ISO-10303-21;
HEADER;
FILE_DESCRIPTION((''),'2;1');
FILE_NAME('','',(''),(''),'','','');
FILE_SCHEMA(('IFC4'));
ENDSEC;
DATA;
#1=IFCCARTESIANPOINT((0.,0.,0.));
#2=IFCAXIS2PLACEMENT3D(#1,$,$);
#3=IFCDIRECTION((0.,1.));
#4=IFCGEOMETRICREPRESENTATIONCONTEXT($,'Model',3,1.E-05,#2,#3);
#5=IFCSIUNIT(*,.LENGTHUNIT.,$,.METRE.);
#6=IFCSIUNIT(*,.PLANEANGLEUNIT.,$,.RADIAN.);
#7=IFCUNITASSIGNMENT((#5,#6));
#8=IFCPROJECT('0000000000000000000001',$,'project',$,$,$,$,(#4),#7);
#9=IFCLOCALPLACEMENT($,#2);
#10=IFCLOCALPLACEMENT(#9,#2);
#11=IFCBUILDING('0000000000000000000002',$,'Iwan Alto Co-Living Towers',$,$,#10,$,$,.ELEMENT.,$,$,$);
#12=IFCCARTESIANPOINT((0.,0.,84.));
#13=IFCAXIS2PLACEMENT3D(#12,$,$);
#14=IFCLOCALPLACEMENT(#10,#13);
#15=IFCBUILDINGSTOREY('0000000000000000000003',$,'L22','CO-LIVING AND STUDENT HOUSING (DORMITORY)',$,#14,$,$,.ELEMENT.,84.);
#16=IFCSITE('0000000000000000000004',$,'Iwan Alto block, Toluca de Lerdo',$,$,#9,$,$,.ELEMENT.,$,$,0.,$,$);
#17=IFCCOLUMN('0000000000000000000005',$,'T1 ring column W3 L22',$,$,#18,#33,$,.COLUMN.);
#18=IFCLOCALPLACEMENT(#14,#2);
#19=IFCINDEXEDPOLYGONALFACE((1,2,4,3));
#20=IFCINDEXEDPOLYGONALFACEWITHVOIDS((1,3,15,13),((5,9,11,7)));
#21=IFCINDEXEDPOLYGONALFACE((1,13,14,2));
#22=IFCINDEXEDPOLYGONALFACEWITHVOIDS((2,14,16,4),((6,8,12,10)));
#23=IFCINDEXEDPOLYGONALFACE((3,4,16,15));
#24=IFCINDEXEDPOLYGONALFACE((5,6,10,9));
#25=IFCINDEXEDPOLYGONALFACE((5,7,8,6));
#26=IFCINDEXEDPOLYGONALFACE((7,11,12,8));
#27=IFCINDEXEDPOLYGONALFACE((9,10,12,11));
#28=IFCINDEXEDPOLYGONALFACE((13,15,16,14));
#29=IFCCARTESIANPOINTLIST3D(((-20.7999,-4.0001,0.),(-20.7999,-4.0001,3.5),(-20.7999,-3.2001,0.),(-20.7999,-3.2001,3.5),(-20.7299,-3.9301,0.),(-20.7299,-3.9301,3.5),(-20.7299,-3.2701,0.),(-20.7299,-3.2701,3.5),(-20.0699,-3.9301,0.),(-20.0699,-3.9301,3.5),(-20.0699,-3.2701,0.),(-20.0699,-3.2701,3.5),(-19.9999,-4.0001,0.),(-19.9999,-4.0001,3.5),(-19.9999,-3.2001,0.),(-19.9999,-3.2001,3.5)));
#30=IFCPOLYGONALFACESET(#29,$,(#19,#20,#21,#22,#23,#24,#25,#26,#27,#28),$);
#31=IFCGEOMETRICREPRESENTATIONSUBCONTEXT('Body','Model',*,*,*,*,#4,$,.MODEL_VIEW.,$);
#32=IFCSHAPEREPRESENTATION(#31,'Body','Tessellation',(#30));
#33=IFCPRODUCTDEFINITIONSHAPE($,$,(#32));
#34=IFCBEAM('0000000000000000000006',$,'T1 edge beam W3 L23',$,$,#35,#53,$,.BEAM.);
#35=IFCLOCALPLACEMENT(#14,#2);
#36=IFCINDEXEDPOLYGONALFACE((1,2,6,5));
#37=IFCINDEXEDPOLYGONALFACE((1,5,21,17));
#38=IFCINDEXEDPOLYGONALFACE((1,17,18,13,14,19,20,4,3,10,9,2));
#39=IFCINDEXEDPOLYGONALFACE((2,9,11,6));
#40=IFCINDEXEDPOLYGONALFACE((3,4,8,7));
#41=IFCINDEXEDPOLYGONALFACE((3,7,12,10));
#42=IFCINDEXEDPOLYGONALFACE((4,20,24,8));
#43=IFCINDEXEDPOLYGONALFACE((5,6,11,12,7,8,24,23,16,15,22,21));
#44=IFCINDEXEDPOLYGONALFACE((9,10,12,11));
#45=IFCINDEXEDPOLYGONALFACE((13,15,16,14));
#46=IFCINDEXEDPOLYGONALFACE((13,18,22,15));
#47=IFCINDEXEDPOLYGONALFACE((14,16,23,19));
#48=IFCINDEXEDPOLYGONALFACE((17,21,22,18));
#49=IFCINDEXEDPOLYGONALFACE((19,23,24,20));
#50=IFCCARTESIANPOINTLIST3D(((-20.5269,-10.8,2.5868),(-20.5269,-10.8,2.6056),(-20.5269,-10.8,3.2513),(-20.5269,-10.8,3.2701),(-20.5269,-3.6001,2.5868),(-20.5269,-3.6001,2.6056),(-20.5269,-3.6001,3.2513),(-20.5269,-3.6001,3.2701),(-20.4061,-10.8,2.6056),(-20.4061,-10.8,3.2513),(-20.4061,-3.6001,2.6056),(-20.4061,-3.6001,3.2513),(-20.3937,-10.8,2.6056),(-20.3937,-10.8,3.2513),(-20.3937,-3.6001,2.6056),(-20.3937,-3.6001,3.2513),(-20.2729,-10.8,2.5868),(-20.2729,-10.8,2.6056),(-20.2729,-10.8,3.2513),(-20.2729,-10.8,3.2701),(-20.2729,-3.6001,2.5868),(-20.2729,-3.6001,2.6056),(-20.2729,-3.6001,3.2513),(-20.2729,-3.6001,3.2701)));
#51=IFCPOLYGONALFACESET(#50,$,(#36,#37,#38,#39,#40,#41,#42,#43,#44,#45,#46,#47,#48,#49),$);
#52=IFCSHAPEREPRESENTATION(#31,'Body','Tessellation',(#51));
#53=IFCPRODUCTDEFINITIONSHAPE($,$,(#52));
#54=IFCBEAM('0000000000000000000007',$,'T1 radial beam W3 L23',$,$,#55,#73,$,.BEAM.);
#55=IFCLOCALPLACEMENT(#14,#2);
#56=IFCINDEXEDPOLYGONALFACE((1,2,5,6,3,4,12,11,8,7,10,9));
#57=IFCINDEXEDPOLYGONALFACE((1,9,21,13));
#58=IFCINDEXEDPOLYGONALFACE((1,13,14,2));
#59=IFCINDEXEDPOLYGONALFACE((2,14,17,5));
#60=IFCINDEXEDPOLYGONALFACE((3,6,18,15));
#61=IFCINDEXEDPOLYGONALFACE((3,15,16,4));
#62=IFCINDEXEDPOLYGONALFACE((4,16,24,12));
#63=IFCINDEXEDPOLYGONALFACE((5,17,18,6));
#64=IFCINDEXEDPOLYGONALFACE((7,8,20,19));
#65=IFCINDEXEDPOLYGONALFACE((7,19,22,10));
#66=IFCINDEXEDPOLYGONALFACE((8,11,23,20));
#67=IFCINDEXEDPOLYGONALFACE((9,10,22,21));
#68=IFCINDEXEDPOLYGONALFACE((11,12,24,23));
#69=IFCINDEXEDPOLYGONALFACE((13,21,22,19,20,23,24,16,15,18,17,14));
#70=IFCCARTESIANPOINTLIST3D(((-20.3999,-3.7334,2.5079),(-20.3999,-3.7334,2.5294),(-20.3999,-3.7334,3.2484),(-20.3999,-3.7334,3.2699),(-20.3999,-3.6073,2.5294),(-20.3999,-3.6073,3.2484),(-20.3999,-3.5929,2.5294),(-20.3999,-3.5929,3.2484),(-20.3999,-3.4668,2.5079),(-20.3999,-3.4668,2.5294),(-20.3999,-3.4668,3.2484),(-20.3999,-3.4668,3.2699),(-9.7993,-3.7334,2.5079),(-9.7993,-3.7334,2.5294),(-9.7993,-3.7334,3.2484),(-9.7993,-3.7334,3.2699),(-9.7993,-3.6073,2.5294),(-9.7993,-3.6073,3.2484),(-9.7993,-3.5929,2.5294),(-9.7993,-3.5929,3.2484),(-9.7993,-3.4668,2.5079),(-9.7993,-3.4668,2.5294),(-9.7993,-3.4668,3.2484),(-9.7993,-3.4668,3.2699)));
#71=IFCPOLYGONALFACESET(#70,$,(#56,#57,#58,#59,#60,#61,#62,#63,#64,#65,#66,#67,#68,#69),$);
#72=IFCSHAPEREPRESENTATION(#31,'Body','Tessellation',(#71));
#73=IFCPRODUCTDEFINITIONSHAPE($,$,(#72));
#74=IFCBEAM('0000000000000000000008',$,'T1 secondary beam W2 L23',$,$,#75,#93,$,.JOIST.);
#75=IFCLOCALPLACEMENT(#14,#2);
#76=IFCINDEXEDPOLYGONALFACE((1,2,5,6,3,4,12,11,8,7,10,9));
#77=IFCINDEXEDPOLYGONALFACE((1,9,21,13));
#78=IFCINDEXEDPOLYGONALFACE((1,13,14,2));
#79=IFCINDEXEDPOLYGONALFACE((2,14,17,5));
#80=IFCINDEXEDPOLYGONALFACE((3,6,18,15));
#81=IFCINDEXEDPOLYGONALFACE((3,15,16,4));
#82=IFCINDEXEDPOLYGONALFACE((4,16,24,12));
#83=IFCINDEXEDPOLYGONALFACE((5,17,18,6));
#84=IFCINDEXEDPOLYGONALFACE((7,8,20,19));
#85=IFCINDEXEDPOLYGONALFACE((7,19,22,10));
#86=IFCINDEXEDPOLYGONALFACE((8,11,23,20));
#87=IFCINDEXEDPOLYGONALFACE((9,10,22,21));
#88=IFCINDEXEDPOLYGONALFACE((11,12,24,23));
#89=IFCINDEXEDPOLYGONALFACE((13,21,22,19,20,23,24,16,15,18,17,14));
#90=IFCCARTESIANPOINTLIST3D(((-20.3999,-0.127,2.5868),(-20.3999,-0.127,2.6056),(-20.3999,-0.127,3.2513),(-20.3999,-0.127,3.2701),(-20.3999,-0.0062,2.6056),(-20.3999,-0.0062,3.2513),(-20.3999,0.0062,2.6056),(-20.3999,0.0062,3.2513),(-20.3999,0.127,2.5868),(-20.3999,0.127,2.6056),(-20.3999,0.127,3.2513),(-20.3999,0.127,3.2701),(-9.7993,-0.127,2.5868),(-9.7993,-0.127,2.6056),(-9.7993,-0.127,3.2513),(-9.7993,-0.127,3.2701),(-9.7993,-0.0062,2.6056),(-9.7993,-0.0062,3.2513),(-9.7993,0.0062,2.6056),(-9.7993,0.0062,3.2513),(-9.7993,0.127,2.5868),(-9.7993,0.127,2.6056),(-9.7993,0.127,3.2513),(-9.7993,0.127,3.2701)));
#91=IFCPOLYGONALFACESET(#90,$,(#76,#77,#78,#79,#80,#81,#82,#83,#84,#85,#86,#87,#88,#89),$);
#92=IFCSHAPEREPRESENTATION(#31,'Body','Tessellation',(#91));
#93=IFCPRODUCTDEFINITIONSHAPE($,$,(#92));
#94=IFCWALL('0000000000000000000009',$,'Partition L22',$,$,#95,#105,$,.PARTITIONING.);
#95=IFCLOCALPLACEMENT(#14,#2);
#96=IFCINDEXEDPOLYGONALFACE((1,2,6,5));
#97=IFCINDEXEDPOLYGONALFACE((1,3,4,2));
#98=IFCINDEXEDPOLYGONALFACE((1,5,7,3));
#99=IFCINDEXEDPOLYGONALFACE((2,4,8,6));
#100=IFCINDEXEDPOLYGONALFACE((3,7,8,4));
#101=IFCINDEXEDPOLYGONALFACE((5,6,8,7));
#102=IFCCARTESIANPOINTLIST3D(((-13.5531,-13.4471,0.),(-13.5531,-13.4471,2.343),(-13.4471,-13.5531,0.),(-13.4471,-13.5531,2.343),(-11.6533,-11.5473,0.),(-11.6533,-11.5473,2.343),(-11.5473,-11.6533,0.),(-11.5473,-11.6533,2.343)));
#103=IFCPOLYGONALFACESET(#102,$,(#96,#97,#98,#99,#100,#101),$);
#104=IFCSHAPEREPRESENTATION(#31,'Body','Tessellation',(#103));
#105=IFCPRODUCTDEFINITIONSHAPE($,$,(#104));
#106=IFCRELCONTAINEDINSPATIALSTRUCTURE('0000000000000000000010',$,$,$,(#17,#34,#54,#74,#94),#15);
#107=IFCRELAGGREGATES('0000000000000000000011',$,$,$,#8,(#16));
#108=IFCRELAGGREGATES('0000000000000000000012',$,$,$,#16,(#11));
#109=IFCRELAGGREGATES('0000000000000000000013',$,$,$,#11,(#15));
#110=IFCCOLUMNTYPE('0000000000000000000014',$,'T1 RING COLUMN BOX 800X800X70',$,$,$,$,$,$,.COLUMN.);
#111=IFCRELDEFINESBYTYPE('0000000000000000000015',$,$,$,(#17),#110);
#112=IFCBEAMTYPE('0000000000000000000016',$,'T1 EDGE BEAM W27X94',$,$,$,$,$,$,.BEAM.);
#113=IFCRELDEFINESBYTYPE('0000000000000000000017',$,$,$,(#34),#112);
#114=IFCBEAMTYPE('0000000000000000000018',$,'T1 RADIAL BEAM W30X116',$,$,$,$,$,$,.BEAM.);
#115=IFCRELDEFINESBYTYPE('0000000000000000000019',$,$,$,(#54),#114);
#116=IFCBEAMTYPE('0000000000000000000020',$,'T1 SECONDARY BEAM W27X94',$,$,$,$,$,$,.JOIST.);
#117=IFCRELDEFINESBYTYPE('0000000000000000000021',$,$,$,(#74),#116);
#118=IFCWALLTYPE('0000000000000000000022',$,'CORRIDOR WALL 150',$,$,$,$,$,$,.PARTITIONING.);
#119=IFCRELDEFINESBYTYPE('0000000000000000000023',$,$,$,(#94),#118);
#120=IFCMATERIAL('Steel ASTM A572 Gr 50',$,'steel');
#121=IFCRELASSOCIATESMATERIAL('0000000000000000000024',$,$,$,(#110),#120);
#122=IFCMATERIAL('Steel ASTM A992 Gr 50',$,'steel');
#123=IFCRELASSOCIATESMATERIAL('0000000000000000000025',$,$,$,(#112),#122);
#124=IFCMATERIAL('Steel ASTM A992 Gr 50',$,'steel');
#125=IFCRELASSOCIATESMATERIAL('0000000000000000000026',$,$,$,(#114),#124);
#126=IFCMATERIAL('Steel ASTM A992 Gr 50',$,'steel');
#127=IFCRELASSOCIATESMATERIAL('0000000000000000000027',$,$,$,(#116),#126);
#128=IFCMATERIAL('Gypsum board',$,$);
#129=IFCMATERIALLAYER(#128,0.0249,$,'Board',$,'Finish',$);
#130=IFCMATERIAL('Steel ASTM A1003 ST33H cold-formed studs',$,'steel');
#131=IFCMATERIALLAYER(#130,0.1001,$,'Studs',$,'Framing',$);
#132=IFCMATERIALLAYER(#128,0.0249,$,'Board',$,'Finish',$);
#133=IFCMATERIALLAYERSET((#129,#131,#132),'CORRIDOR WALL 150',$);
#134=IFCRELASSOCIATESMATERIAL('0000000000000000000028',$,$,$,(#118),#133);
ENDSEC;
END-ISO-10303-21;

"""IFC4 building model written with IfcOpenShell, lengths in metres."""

from ifc_helpers import new_model, si_unit, direction, frame, frame_2d, origin, origin_2d, place, context, subcontext, project, spatial, rectangle, hollow_rectangle, i_section, extrude, material, layer, layer_set, material_profile, profile_set, type_object, element, save


model = new_model("IFC4")

# Units and contexts
model_context = context("Model", 3, precision=1e-05, world=origin(), true_north=direction((0.0, 1.0)))
body_context = subcontext(model_context, "Body", "Model", "MODEL_VIEW")
ifc_project = project(units=[si_unit("LENGTHUNIT", "METRE"), si_unit("PLANEANGLEUNIT", "RADIAN")], contexts=[model_context])

# Site, building, storey
site_placement = place(None, origin())
site = spatial("IfcSite", under=ifc_project, at=site_placement, Name="Iwan Alto block, Toluca de Lerdo", CompositionType="ELEMENT", RefElevation=0.0)
building_placement = place(site_placement, origin())
building = spatial("IfcBuilding", under=site, at=building_placement, Name="Iwan Alto Co-Living Towers", CompositionType="ELEMENT")
storey_placement = place(building_placement, frame((0.0, 0.0, 84.0)))
storey = spatial("IfcBuildingStorey", under=building, at=storey_placement, Name="L22", Description="CO-LIVING AND STUDENT HOUSING (DORMITORY)", CompositionType="ELEMENT", Elevation=84.0)

# Column
ifc_material_1 = material(Name="Steel ASTM A572 Gr 50", Category="steel")
ifc_material_profile_1 = material_profile(ifc_material_1, hollow_rectangle(XDim=0.8, YDim=0.8, WallThickness=0.0701, at=origin_2d()), Name="BOX 800X800X70")
ifc_profile_set_1 = profile_set([ifc_material_profile_1], Name="Steel ASTM A572 Gr 50")
column_type = type_object("IfcColumnType", Name="T1 RING COLUMN BOX 800X800X70", PredefinedType="COLUMN", material=ifc_profile_set_1)
column_placement = place(storey_placement, frame((-20.3999, -3.6001, 0.0), z_axis=(0.0, 0.0, 1.0), x_axis=(1.0, 0.0, 0.0)))
element("IfcColumn", 1, at=column_placement, inside=storey, type_object=column_type, Name="T1 ring column W3 L22", PredefinedType="COLUMN", context=body_context, shape_type="SweptSolid", body=[
    extrude(hollow_rectangle(XDim=0.8, YDim=0.8, WallThickness=0.0701, at=origin_2d()), origin(), (0.0, 0.0, 1.0), 3.5),
])

# Beams
ifc_material_2 = material(Name="Steel ASTM A992 Gr 50", Category="steel")
ifc_material_profile_2 = material_profile(ifc_material_2, i_section(OverallWidth=0.2539, OverallDepth=0.6833, WebThickness=0.0125, FlangeThickness=0.0188, at=origin_2d()), Name="W27X94")
ifc_profile_set_2 = profile_set([ifc_material_profile_2], Name="Steel ASTM A992 Gr 50")
beam_type_1 = type_object("IfcBeamType", Name="T1 EDGE BEAM W27X94", PredefinedType="BEAM", material=ifc_profile_set_2)
beam_1_placement = place(storey_placement, frame((-20.3999, -3.6001, 2.9285), z_axis=(0.0, -1.0, 0.0), x_axis=(1.0, 0.0, 0.0)))
element("IfcBeam", 2, at=beam_1_placement, inside=storey, type_object=beam_type_1, Name="T1 edge beam W3 L23", PredefinedType="BEAM", context=body_context, shape_type="SweptSolid", body=[
    extrude(i_section(OverallWidth=0.2539, OverallDepth=0.6833, WebThickness=0.0125, FlangeThickness=0.0188, at=origin_2d()), origin(), (0.0, 0.0, 1.0), 7.2),
])
ifc_material_3 = material(Name="Steel ASTM A992 Gr 50", Category="steel")
ifc_material_profile_3 = material_profile(ifc_material_3, i_section(OverallWidth=0.2666, OverallDepth=0.762, WebThickness=0.0144, FlangeThickness=0.0215, at=origin_2d()), Name="W30X116")
ifc_profile_set_3 = profile_set([ifc_material_profile_3], Name="Steel ASTM A992 Gr 50")
beam_type_2 = type_object("IfcBeamType", Name="T1 RADIAL BEAM W30X116", PredefinedType="BEAM", material=ifc_profile_set_3)
beam_2_placement = place(storey_placement, frame((-20.3999, -3.6001, 2.8889), z_axis=(1.0, 0.0, 0.0), x_axis=(0.0, 1.0, 0.0)))
element("IfcBeam", 3, at=beam_2_placement, inside=storey, type_object=beam_type_2, Name="T1 radial beam W3 L23", PredefinedType="BEAM", context=body_context, shape_type="SweptSolid", body=[
    extrude(i_section(OverallWidth=0.2666, OverallDepth=0.762, WebThickness=0.0144, FlangeThickness=0.0215, at=origin_2d()), origin(), (0.0, 0.0, 1.0), 10.6006),
])
ifc_material_4 = material(Name="Steel ASTM A992 Gr 50", Category="steel")
ifc_material_profile_4 = material_profile(ifc_material_4, i_section(OverallWidth=0.2539, OverallDepth=0.6833, WebThickness=0.0125, FlangeThickness=0.0188, at=origin_2d()), Name="W27X94")
ifc_profile_set_4 = profile_set([ifc_material_profile_4], Name="Steel ASTM A992 Gr 50")
beam_type_3 = type_object("IfcBeamType", Name="T1 SECONDARY BEAM W27X94", PredefinedType="JOIST", material=ifc_profile_set_4)
beam_3_placement = place(storey_placement, frame((-20.3999, 0.0, 2.9285), z_axis=(1.0, 0.0, 0.0), x_axis=(0.0, 1.0, 0.0)))
element("IfcBeam", 4, at=beam_3_placement, inside=storey, type_object=beam_type_3, Name="T1 secondary beam W2 L23", PredefinedType="JOIST", context=body_context, shape_type="SweptSolid", body=[
    extrude(i_section(OverallWidth=0.2539, OverallDepth=0.6833, WebThickness=0.0125, FlangeThickness=0.0188, at=origin_2d()), origin(), (0.0, 0.0, 1.0), 10.6006),
])

# Wall
ifc_material_5 = material(Name="Gypsum board")
ifc_layer_1 = layer(ifc_material_5, 0.0249, Name="Board", Category="Finish")
ifc_material_6 = material(Name="Steel ASTM A1003 ST33H cold-formed studs", Category="steel")
ifc_layer_2 = layer(ifc_material_6, 0.1001, Name="Studs", Category="Framing")
ifc_layer_3 = layer(ifc_material_5, 0.0249, Name="Board", Category="Finish")
ifc_layer_set_1 = layer_set([ifc_layer_1, ifc_layer_2, ifc_layer_3], Name="CORRIDOR WALL 150")
wall_type_1 = type_object("IfcWallType", Name="CORRIDOR WALL 150", PredefinedType="PARTITIONING", material=ifc_layer_set_1)
wall_1_placement = place(storey_placement, frame((-13.5, -13.5, 0.0), z_axis=(0.0, 0.0, 1.0), x_axis=(0.707107, 0.707107, 0.0)))
element("IfcWall", 5, at=wall_1_placement, inside=storey, type_object=wall_type_1, Name="Partition L22", PredefinedType="PARTITIONING", context=body_context, shape_type="SweptSolid", body=[
    extrude(rectangle(XDim=2.6868, YDim=0.1499, at=frame_2d((1.3433, 0.0))), origin(), (0.0, 0.0, 1.0), 2.343),
])

save(model, "model.ifc")
